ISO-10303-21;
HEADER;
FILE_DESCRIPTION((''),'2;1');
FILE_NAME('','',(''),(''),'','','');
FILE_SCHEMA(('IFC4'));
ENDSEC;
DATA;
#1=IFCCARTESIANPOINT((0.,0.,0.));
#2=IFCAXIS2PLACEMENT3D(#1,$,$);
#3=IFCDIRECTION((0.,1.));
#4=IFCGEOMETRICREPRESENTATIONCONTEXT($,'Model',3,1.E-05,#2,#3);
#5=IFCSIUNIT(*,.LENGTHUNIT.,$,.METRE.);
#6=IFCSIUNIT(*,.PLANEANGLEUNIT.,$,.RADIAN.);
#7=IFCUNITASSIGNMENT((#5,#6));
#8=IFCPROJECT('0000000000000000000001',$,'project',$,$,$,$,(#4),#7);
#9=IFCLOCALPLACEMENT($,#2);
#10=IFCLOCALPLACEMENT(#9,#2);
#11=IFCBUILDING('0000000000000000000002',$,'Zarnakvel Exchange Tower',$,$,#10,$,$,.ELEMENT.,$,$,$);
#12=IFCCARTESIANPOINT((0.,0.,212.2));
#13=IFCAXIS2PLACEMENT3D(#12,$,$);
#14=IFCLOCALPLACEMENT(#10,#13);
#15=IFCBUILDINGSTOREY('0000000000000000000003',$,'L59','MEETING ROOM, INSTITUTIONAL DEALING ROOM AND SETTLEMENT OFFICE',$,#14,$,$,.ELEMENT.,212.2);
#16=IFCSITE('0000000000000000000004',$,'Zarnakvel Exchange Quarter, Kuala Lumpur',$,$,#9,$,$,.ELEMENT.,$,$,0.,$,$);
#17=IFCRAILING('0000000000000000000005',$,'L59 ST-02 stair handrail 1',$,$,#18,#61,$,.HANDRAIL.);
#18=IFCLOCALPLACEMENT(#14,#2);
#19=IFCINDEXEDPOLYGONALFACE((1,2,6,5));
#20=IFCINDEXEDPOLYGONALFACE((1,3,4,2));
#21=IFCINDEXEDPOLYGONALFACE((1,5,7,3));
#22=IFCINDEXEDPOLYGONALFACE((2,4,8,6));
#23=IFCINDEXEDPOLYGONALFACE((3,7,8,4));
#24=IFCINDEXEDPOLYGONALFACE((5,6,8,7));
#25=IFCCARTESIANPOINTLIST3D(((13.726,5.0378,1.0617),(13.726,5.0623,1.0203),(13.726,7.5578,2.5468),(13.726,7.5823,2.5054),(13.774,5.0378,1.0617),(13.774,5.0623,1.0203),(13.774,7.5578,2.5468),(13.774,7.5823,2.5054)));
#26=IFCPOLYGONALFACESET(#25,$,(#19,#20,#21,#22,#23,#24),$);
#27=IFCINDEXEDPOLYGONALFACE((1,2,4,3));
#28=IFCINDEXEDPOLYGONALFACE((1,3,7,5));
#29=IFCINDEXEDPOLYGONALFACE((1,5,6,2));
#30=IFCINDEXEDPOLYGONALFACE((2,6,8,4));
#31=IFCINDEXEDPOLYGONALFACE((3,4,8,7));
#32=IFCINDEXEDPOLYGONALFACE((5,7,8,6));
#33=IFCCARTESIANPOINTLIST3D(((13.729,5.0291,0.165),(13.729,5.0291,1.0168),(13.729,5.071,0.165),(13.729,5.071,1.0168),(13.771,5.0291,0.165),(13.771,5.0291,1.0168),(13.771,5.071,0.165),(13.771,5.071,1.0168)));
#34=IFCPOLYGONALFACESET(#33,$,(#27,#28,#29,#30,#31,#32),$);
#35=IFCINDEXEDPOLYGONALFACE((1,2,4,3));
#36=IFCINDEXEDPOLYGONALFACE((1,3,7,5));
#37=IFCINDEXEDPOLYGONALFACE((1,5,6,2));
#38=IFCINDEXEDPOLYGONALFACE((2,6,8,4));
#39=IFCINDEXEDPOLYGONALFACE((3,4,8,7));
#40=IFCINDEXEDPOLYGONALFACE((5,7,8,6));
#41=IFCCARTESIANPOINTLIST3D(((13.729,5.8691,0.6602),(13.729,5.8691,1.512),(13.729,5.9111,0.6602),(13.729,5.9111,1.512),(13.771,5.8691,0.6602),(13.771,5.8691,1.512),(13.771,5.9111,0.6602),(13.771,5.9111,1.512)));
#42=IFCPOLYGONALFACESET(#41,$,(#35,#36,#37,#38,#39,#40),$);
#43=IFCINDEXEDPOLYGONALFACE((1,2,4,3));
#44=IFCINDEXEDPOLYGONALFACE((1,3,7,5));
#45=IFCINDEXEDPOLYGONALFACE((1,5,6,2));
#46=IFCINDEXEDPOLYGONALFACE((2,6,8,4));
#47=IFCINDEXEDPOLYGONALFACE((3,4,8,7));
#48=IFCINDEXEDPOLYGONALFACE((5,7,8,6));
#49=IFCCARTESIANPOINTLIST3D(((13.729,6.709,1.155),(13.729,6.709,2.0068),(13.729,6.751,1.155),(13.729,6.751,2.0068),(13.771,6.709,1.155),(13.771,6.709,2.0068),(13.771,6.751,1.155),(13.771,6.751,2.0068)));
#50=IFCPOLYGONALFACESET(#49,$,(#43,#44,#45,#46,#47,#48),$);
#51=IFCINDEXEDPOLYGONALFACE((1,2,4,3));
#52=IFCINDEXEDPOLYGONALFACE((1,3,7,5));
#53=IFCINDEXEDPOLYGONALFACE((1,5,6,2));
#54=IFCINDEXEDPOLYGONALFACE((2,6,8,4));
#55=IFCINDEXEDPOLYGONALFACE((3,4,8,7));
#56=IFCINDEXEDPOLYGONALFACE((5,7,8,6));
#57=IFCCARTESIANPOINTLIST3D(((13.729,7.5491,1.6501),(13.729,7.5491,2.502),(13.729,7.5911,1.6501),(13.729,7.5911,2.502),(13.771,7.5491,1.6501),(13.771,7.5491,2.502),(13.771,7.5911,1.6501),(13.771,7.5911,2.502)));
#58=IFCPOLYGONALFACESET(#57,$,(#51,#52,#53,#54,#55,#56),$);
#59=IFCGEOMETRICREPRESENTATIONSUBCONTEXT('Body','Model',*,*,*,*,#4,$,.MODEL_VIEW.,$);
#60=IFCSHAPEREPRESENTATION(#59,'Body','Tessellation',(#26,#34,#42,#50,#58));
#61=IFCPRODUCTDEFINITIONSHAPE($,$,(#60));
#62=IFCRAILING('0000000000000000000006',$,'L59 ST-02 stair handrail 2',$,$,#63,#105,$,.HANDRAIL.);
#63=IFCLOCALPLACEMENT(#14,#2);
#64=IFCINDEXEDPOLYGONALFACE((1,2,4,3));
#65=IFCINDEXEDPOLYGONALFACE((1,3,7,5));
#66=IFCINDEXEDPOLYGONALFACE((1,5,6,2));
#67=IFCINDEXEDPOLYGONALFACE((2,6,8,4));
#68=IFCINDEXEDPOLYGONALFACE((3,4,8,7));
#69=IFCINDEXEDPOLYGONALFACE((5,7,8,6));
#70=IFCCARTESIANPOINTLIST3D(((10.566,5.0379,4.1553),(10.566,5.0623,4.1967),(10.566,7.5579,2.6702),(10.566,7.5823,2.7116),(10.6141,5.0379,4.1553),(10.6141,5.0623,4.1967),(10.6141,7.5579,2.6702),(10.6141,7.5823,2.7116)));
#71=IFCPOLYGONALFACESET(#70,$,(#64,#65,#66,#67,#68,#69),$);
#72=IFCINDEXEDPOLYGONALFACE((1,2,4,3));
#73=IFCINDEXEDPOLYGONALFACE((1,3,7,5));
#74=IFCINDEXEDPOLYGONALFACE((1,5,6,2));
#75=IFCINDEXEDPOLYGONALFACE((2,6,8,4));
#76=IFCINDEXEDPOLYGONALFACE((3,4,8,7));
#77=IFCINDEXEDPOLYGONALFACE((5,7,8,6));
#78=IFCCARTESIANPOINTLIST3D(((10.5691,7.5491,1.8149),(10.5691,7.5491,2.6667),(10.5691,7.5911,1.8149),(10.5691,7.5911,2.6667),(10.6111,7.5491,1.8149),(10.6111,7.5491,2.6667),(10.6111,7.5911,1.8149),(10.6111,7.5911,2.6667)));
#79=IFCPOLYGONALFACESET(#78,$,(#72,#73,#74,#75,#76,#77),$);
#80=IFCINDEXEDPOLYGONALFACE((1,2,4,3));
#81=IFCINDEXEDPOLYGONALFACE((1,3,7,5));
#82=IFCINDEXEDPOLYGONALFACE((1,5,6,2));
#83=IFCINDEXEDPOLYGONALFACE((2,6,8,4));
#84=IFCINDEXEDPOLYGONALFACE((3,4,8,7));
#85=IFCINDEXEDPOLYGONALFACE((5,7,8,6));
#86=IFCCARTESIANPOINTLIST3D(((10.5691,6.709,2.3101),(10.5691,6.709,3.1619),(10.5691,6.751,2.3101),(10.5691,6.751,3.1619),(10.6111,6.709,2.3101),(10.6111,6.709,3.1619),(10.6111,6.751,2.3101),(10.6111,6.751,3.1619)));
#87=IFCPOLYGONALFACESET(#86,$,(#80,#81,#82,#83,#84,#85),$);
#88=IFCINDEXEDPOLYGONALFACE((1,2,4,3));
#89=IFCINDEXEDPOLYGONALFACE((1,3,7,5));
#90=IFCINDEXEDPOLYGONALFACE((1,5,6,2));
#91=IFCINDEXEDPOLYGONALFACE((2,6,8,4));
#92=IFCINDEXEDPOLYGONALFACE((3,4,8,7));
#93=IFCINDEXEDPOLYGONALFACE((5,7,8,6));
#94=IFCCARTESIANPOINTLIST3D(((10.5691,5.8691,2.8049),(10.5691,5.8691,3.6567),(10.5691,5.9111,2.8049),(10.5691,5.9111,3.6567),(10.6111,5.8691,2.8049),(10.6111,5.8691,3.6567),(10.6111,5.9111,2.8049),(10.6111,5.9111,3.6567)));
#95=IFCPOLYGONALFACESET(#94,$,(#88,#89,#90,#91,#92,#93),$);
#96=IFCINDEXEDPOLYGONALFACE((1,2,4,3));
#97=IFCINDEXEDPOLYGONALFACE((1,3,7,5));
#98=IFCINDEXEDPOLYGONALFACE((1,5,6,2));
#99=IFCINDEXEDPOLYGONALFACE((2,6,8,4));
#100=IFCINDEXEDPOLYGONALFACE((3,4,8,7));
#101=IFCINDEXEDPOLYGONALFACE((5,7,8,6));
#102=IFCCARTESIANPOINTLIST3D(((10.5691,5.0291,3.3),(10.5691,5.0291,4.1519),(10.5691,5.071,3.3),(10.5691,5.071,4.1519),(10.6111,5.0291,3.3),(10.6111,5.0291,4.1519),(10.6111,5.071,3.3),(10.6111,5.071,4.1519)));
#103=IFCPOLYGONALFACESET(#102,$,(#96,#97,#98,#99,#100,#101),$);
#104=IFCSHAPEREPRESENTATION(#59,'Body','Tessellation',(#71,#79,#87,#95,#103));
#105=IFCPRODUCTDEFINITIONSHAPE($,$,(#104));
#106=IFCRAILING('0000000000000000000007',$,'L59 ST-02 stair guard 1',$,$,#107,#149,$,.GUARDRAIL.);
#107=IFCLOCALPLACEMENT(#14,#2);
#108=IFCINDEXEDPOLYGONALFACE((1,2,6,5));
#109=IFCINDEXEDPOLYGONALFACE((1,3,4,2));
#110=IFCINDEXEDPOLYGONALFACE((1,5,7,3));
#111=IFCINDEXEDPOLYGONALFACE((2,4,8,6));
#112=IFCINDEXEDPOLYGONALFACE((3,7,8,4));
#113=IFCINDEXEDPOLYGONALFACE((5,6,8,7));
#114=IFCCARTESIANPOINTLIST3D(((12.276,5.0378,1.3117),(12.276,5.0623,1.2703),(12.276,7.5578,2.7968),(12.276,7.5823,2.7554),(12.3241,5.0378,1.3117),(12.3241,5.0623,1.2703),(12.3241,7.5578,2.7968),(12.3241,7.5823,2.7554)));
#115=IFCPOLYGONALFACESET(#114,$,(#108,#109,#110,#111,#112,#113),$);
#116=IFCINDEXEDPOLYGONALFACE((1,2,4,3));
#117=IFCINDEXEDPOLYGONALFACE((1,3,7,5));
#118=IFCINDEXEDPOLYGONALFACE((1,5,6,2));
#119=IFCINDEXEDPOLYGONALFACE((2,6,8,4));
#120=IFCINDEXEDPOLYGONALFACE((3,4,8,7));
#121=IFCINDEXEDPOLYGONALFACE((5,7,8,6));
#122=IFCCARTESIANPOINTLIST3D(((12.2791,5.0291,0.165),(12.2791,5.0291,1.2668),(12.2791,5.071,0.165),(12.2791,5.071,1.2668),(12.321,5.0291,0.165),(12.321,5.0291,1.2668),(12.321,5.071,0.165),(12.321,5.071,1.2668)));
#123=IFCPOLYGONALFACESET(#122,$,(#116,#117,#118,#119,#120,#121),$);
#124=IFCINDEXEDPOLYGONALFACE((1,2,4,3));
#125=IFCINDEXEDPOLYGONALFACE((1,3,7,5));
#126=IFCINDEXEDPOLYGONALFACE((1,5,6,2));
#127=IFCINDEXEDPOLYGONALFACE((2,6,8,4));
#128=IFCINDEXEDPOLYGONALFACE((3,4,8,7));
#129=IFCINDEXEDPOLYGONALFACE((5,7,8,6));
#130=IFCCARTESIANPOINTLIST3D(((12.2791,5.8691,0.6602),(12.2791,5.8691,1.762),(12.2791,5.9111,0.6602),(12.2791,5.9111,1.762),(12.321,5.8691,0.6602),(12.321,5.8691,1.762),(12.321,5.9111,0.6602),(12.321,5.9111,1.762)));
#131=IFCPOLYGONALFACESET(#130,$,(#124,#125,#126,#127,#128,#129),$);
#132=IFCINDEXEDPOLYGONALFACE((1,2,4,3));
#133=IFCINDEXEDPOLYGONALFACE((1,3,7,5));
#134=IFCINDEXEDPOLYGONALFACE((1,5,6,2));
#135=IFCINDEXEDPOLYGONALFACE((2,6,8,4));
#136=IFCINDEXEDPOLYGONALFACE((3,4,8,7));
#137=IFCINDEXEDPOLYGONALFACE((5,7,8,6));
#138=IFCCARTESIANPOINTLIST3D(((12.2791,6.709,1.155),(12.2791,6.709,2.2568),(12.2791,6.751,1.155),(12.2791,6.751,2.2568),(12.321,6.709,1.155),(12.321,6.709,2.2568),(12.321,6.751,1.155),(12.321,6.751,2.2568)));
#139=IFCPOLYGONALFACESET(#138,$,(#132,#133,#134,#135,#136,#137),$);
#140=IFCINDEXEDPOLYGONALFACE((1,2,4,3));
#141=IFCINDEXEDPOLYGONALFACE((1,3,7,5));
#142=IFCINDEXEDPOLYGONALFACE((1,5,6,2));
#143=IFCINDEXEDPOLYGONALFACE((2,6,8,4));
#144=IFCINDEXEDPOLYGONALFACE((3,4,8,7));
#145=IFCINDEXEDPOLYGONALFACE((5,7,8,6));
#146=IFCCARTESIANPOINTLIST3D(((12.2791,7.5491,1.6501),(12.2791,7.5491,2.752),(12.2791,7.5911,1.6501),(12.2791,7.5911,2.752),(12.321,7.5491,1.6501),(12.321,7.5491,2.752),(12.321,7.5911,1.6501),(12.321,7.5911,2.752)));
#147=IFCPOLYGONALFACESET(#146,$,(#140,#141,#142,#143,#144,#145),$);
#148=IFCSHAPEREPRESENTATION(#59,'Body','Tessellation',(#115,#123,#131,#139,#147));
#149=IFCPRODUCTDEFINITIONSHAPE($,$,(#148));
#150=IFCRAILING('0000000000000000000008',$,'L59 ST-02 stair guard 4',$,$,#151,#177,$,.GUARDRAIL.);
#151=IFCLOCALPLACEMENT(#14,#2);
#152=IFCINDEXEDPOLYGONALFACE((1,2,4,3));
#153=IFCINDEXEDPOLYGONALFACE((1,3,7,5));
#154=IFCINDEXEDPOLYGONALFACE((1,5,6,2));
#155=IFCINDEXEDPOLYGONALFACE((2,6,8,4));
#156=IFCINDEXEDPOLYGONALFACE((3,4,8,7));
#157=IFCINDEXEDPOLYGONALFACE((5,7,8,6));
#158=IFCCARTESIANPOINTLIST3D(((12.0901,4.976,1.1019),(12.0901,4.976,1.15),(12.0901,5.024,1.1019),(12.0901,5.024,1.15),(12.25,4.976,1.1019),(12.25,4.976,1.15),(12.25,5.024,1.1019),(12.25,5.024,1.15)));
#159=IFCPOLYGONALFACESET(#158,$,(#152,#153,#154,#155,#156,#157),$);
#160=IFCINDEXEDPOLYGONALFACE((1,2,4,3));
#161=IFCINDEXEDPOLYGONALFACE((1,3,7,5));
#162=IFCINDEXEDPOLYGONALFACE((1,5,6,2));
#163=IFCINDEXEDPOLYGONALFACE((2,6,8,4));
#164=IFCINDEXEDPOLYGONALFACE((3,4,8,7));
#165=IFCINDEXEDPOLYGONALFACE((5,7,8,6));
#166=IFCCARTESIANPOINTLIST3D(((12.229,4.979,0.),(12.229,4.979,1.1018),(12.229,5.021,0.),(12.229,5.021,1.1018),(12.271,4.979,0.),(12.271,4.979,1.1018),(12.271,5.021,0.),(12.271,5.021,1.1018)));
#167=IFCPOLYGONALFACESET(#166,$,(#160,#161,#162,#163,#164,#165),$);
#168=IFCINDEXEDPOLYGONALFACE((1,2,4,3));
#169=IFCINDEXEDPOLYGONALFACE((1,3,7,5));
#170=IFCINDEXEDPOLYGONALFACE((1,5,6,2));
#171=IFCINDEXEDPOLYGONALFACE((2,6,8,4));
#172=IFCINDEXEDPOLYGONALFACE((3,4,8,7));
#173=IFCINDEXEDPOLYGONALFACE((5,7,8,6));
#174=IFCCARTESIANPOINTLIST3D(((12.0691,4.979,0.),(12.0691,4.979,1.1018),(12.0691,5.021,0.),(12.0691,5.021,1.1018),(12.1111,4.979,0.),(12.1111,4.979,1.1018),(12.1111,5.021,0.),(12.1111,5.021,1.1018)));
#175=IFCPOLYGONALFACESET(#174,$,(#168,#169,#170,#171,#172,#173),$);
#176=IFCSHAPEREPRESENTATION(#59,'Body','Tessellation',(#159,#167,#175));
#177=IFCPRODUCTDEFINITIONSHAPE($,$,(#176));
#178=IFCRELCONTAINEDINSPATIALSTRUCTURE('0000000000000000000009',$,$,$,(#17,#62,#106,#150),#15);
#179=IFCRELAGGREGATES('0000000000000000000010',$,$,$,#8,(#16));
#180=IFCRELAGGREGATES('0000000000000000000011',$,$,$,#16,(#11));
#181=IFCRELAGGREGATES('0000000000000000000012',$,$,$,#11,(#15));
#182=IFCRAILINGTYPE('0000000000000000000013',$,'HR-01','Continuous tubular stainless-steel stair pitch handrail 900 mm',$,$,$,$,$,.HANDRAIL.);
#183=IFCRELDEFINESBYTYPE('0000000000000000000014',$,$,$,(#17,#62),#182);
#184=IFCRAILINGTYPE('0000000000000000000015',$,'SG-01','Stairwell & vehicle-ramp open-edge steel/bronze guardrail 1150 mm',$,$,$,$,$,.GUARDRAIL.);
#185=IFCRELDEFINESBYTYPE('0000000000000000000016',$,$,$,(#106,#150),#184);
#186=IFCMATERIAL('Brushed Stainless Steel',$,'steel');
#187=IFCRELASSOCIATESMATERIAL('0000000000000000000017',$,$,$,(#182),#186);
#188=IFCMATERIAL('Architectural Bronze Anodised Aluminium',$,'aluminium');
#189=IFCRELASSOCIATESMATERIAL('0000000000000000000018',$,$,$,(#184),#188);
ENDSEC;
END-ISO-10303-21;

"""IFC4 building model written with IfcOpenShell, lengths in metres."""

from ifc_helpers import new_model, si_unit, direction, frame, origin, origin_2d, place, context, subcontext, project, spatial, rectangle, extrude, material, type_object, element, save


model = new_model("IFC4")

# Units and contexts
model_context = context("Model", 3, precision=1e-05, world=origin(), true_north=direction((0.0, 1.0)))
body_context = subcontext(model_context, "Body", "Model", "MODEL_VIEW")
ifc_project = project(units=[si_unit("LENGTHUNIT", "METRE"), si_unit("PLANEANGLEUNIT", "RADIAN")], contexts=[model_context])

# Site, building, storey
site_placement = place(None, origin())
site = spatial("IfcSite", under=ifc_project, at=site_placement, Name="Zarnakvel Exchange Quarter, Kuala Lumpur", CompositionType="ELEMENT", RefElevation=0.0)
building_placement = place(site_placement, origin())
building = spatial("IfcBuilding", under=site, at=building_placement, Name="Zarnakvel Exchange Tower", CompositionType="ELEMENT")
storey_placement = place(building_placement, frame((0.0, 0.0, 212.2)))
storey = spatial("IfcBuildingStorey", under=building, at=storey_placement, Name="L59", Description="MEETING ROOM, INSTITUTIONAL DEALING ROOM AND SETTLEMENT OFFICE", CompositionType="ELEMENT", Elevation=212.2)

# Shared definitions
ifc_material_1 = material(Name="Architectural Bronze Anodised Aluminium", Category="aluminium")

# Shared definitions
ifc_material_2 = material(Name="Brushed Stainless Steel", Category="steel")

# Railings
railing_type_1 = type_object("IfcRailingType", Name="HR-01", Description="Continuous tubular stainless-steel stair pitch handrail 900 mm", PredefinedType="HANDRAIL", material=ifc_material_2)
railing_1_placement = place(storey_placement, frame((13.75, 5.05, 0.165)))
element("IfcRailing", 1, at=railing_1_placement, inside=storey, type_object=railing_type_1, Name="L59 ST-02 stair handrail 1", PredefinedType="HANDRAIL", context=body_context, shape_type="SweptSolid", body=[
    extrude(rectangle(XDim=0.0481, YDim=0.0481, at=origin_2d()), frame((0.0, 0.0, 0.876), z_axis=(0.0, 0.861524, 0.507717), x_axis=(-1.0, 0.0, 0.0)), (0.0, 0.0, 1.0), 2.925),
    extrude(rectangle(XDim=0.042, YDim=0.042, at=origin_2d()), origin(), (0.0, 0.0, 1.0), 0.8518),
    extrude(rectangle(XDim=0.042, YDim=0.042, at=origin_2d()), frame((0.0, 0.8401, 0.4951)), (0.0, 0.0, 1.0), 0.8518),
    extrude(rectangle(XDim=0.042, YDim=0.042, at=origin_2d()), frame((0.0, 1.6799, 0.99)), (0.0, 0.0, 1.0), 0.8518),
    extrude(rectangle(XDim=0.042, YDim=0.042, at=origin_2d()), frame((0.0, 2.52, 1.4851)), (0.0, 0.0, 1.0), 0.8518),
])
railing_2_placement = place(storey_placement, frame((10.5901, 7.5701, 1.8149)))
element("IfcRailing", 2, at=railing_2_placement, inside=storey, type_object=railing_type_1, Name="L59 ST-02 stair handrail 2", PredefinedType="HANDRAIL", context=body_context, shape_type="SweptSolid", body=[
    extrude(rectangle(XDim=0.0481, YDim=0.0481, at=origin_2d()), frame((0.0, 0.0, 0.876), z_axis=(0.0, -0.861524, 0.507717), x_axis=(1.0, 0.0, 0.0)), (0.0, 0.0, 1.0), 2.925),
    extrude(rectangle(XDim=0.042, YDim=0.042, at=origin_2d()), origin(), (0.0, 0.0, 1.0), 0.8518),
    extrude(rectangle(XDim=0.042, YDim=0.042, at=origin_2d()), frame((0.0, -0.8401, 0.4951)), (0.0, 0.0, 1.0), 0.8518),
    extrude(rectangle(XDim=0.042, YDim=0.042, at=origin_2d()), frame((0.0, -1.6799, 0.99)), (0.0, 0.0, 1.0), 0.8518),
    extrude(rectangle(XDim=0.042, YDim=0.042, at=origin_2d()), frame((0.0, -2.52, 1.4851)), (0.0, 0.0, 1.0), 0.8518),
])
railing_type_2 = type_object("IfcRailingType", Name="SG-01", Description="Stairwell & vehicle-ramp open-edge steel/bronze guardrail 1150 mm", PredefinedType="GUARDRAIL", material=ifc_material_1)
railing_3_placement = place(storey_placement, frame((12.3, 5.05, 0.165)))
element("IfcRailing", 3, at=railing_3_placement, inside=storey, type_object=railing_type_2, Name="L59 ST-02 stair guard 1", PredefinedType="GUARDRAIL", context=body_context, shape_type="SweptSolid", body=[
    extrude(rectangle(XDim=0.0481, YDim=0.0481, at=origin_2d()), frame((0.0, 0.0, 1.126), z_axis=(0.0, 0.861524, 0.507717), x_axis=(-1.0, 0.0, 0.0)), (0.0, 0.0, 1.0), 2.925),
    extrude(rectangle(XDim=0.042, YDim=0.042, at=origin_2d()), origin(), (0.0, 0.0, 1.0), 1.1018),
    extrude(rectangle(XDim=0.042, YDim=0.042, at=origin_2d()), frame((0.0, 0.8401, 0.4951)), (0.0, 0.0, 1.0), 1.1018),
    extrude(rectangle(XDim=0.042, YDim=0.042, at=origin_2d()), frame((0.0, 1.6799, 0.99)), (0.0, 0.0, 1.0), 1.1018),
    extrude(rectangle(XDim=0.042, YDim=0.042, at=origin_2d()), frame((0.0, 2.52, 1.4851)), (0.0, 0.0, 1.0), 1.1018),
])
railing_4_placement = place(storey_placement, frame((12.25, 5.0, 0.0)))
element("IfcRailing", 4, at=railing_4_placement, inside=storey, type_object=railing_type_2, Name="L59 ST-02 stair guard 4", PredefinedType="GUARDRAIL", context=body_context, shape_type="SweptSolid", body=[
    extrude(rectangle(XDim=0.0481, YDim=0.0481, at=origin_2d()), frame((0.0, 0.0, 1.126), z_axis=(-1.0, 0.0, 0.0), x_axis=(0.0, -1.0, 0.0)), (0.0, 0.0, 1.0), 0.1599),
    extrude(rectangle(XDim=0.042, YDim=0.042, at=origin_2d()), origin(), (0.0, 0.0, 1.0), 1.1018),
    extrude(rectangle(XDim=0.042, YDim=0.042, at=origin_2d()), frame((-0.1599, 0.0, 0.0)), (0.0, 0.0, 1.0), 1.1018),
])

save(model, "model.ifc")
